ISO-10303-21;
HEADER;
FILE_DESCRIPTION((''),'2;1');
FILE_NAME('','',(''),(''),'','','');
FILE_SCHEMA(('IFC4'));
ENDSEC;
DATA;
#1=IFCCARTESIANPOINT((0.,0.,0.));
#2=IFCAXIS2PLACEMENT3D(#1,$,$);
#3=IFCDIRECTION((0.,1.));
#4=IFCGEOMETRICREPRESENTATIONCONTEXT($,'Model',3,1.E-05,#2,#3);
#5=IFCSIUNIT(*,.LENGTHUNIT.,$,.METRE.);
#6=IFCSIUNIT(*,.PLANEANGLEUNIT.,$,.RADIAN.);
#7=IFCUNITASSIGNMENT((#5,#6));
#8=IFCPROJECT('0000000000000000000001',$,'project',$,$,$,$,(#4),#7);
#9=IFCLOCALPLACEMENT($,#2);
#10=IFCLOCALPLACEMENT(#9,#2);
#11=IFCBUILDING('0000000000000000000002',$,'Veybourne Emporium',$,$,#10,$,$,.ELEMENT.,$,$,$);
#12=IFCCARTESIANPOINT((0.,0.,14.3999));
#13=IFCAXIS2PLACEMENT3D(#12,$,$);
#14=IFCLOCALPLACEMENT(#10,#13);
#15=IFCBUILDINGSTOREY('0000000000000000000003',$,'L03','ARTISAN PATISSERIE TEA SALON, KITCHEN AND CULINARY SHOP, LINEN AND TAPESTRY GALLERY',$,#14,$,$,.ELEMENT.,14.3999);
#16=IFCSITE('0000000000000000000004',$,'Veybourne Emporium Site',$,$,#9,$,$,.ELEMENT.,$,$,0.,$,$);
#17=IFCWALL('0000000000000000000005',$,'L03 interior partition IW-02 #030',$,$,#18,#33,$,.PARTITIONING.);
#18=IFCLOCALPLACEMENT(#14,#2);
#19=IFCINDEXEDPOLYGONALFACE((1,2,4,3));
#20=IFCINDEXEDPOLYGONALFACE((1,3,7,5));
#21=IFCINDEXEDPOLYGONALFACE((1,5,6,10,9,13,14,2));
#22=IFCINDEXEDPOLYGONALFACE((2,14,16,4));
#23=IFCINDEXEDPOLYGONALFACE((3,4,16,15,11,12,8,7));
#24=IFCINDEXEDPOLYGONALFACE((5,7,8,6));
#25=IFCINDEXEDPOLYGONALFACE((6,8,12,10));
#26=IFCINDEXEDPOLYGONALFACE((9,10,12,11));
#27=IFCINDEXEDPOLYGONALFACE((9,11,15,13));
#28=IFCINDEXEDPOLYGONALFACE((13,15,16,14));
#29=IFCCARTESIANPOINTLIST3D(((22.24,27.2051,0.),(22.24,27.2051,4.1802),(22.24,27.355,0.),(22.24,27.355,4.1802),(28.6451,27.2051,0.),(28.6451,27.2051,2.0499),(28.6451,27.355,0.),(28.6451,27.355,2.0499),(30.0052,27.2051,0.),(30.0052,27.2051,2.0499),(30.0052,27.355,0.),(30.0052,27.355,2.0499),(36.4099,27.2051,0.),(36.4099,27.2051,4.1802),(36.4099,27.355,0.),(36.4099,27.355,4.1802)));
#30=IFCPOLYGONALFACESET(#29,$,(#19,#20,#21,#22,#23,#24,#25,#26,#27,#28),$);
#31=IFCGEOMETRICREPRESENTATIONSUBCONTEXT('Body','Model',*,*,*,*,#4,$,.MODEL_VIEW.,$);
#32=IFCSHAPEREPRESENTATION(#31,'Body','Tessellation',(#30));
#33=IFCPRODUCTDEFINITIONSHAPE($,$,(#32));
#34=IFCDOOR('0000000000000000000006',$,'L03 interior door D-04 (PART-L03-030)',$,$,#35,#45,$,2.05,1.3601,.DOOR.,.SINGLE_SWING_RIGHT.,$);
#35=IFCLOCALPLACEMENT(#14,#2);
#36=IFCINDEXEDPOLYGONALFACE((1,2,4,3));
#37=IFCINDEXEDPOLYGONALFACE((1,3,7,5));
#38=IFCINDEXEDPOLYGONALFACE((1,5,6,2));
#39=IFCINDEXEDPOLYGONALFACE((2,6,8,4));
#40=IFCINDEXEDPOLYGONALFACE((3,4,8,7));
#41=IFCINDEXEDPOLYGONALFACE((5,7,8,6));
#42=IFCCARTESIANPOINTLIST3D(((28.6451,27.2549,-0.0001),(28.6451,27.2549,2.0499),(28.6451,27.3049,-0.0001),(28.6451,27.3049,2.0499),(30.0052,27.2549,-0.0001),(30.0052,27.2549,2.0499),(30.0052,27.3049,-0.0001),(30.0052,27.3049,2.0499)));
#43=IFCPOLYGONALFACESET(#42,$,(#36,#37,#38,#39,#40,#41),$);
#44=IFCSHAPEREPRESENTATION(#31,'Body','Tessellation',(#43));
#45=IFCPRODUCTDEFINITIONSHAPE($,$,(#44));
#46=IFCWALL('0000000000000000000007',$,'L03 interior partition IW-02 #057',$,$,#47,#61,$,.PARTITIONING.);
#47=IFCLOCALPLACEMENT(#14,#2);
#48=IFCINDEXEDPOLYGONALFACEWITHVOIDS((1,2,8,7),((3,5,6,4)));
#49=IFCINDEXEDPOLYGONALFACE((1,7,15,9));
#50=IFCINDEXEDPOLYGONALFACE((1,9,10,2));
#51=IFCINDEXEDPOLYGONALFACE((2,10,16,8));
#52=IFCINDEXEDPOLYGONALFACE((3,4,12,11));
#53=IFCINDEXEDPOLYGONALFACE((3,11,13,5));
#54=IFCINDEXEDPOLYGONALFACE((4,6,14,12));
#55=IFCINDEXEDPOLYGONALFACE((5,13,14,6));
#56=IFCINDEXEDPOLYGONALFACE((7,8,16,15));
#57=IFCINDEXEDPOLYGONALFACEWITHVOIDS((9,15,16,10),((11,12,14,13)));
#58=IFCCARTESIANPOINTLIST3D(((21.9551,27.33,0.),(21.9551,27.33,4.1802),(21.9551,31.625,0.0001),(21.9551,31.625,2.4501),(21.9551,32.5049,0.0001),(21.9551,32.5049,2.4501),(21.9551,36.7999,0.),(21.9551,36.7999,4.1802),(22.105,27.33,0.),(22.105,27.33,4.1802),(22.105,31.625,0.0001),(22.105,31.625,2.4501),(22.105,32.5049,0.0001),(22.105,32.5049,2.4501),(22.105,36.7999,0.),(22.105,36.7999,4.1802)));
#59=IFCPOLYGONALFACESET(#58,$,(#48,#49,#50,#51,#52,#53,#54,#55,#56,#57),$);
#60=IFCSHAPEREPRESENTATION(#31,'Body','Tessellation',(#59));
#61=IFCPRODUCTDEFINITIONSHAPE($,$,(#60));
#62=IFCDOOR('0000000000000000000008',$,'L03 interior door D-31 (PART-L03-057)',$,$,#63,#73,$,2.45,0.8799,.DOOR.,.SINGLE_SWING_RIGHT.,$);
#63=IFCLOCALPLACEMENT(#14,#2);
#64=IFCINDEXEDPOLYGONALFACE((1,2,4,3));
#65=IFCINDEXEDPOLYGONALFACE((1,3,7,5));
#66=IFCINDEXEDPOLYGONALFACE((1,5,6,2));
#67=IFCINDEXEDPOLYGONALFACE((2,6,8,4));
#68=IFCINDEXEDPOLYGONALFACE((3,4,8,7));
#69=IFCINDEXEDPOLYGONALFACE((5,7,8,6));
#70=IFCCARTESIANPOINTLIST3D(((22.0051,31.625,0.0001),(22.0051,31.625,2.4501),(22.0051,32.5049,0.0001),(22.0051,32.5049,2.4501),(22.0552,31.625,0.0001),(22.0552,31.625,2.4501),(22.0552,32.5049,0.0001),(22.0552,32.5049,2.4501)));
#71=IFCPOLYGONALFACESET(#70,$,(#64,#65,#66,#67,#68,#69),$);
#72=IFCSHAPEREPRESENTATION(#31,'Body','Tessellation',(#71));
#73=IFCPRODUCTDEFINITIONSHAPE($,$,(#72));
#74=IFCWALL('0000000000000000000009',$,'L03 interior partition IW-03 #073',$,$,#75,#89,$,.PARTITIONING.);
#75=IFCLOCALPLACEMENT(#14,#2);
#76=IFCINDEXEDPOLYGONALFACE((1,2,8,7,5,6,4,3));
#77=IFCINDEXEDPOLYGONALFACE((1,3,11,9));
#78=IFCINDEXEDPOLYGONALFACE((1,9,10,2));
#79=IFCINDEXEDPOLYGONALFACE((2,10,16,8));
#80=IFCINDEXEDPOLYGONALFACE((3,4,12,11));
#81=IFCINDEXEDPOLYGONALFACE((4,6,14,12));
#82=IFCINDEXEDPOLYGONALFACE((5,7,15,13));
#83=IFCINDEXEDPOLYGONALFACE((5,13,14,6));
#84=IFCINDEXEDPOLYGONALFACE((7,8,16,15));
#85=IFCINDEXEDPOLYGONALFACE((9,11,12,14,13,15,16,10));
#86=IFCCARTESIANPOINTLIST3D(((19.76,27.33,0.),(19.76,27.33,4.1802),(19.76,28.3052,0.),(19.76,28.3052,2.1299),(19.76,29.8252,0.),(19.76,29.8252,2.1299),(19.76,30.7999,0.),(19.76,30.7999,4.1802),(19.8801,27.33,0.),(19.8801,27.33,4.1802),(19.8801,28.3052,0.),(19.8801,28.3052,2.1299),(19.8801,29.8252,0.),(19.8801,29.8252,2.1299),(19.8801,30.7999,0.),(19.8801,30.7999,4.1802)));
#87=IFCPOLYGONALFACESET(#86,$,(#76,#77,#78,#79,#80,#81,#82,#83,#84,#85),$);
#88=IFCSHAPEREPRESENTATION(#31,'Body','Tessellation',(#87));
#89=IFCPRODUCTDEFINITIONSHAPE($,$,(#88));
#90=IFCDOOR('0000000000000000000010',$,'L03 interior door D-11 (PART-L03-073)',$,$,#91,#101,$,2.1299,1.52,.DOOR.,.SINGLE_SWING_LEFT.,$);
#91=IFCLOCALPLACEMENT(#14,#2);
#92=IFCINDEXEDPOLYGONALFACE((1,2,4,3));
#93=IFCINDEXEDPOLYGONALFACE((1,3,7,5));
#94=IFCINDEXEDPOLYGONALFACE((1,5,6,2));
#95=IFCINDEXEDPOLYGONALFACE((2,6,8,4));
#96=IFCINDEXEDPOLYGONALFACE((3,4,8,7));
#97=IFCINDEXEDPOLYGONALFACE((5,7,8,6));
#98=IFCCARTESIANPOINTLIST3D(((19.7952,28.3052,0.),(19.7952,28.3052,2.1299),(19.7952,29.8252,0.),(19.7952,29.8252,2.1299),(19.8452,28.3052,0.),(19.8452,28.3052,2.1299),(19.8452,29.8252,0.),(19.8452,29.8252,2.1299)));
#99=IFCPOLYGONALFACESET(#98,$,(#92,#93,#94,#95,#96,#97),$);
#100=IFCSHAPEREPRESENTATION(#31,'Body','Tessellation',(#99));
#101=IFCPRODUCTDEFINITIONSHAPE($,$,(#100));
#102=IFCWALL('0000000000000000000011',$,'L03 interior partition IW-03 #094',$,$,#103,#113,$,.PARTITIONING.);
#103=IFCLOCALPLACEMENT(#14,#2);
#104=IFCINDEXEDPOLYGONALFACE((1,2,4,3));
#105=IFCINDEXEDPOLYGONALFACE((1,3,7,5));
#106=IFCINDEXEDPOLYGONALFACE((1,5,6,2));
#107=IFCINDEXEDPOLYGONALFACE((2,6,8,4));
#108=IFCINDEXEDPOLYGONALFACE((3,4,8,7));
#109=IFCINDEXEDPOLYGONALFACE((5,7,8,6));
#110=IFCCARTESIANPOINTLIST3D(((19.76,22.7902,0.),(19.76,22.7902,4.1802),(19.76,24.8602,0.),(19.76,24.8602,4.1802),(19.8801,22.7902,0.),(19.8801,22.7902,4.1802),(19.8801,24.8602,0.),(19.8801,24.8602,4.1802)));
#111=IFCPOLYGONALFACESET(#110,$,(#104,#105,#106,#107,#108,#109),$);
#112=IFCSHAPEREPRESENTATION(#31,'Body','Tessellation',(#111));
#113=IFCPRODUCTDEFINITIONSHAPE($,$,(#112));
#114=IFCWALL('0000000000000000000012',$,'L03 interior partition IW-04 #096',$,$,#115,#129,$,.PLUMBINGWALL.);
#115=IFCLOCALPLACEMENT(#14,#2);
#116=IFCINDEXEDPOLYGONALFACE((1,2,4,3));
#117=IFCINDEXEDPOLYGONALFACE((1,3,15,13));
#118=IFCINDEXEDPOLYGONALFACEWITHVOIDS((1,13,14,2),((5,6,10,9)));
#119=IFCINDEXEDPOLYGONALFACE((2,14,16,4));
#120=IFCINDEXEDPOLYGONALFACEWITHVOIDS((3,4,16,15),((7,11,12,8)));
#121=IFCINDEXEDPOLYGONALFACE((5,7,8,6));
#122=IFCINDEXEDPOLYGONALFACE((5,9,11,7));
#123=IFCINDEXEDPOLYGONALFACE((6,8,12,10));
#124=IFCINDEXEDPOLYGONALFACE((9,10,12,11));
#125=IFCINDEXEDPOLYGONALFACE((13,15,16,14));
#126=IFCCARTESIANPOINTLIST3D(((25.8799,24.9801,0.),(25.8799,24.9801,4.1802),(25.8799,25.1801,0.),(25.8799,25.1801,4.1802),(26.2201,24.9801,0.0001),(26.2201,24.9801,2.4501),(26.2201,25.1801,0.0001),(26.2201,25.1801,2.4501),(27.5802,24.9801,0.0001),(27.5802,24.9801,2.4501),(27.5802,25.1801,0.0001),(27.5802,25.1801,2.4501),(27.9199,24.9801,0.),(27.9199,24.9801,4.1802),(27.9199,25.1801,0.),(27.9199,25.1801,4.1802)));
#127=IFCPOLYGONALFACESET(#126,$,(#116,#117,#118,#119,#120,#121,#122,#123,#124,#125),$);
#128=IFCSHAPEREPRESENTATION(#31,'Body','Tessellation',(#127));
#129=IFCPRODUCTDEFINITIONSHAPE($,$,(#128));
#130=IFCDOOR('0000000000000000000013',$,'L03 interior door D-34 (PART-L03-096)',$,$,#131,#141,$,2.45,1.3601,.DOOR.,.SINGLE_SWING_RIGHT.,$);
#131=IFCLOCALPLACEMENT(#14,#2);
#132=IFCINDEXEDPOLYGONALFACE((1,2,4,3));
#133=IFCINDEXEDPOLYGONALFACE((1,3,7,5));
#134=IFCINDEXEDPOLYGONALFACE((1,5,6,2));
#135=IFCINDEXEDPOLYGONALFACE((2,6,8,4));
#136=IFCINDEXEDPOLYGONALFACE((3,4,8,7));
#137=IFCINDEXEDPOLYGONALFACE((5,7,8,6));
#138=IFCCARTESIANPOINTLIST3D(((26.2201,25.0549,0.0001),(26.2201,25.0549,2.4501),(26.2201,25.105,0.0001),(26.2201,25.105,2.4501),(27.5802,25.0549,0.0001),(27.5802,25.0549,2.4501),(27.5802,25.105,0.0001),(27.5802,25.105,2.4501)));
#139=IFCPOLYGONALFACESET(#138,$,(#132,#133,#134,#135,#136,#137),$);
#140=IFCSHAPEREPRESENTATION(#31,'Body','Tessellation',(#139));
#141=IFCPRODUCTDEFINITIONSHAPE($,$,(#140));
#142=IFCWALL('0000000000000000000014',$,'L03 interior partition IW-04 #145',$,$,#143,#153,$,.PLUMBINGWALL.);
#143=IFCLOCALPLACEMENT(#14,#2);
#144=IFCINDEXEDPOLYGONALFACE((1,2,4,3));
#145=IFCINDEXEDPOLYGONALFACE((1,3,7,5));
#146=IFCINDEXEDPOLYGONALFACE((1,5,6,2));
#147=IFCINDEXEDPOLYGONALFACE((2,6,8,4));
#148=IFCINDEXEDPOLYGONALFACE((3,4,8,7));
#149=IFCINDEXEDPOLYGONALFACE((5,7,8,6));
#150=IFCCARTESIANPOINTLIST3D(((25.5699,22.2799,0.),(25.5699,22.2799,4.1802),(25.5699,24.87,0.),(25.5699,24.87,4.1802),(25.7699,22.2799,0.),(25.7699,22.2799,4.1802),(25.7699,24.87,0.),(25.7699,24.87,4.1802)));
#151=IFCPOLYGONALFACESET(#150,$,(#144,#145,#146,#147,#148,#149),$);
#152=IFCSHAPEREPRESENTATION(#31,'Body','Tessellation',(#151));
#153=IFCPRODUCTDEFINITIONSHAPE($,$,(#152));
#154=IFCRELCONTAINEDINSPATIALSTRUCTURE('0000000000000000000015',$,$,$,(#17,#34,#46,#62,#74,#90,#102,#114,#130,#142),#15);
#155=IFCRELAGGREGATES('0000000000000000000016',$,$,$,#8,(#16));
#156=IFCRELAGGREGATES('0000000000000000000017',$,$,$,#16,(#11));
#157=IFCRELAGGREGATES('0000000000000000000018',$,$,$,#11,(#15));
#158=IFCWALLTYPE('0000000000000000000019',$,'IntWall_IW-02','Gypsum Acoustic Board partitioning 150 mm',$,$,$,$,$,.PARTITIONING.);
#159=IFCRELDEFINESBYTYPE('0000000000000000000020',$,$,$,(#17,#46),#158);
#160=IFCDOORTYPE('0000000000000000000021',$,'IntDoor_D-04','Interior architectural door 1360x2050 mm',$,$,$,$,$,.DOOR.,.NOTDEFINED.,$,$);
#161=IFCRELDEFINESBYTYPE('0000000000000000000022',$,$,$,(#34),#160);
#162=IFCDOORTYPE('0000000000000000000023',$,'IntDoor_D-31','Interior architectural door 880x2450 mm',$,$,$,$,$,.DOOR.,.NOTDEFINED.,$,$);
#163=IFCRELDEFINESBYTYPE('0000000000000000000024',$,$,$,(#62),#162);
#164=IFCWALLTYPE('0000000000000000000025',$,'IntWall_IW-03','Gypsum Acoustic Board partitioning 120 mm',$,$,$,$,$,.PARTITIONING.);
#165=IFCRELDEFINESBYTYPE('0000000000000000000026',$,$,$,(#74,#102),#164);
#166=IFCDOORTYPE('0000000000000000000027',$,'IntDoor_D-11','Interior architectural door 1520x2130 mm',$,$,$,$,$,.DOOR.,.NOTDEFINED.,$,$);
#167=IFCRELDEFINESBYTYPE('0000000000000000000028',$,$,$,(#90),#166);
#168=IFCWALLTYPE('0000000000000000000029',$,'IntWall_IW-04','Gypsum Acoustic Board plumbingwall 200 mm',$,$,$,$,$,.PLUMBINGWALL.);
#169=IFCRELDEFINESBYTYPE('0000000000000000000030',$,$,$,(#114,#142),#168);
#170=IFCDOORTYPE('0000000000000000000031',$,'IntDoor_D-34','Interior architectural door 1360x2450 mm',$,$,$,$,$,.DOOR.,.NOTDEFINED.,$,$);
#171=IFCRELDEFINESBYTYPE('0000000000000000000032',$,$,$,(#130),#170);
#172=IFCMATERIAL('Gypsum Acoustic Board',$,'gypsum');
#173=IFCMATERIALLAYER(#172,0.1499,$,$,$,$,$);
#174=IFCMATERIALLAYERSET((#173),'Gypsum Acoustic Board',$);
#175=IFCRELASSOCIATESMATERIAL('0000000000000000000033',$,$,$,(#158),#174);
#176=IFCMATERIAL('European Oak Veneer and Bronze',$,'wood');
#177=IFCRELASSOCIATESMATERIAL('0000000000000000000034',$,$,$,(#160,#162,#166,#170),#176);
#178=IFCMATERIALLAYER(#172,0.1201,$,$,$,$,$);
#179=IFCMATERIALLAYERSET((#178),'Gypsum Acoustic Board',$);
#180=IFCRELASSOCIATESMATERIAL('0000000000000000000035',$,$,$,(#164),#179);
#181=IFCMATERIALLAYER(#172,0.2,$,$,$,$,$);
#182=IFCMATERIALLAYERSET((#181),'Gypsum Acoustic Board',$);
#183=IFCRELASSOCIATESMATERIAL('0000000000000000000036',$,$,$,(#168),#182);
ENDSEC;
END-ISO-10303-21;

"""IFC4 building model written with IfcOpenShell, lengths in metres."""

from ifc_helpers import new_model, si_unit, direction, frame, frame_2d, origin, place, context, subcontext, project, spatial, rectangle, extrude, material, layer, layer_set, type_object, element, fill, save


model = new_model("IFC4")

# Units and contexts
model_context = context("Model", 3, precision=1e-05, world=origin(), true_north=direction((0.0, 1.0)))
body_context = subcontext(model_context, "Body", "Model", "MODEL_VIEW")
ifc_project = project(units=[si_unit("LENGTHUNIT", "METRE"), si_unit("PLANEANGLEUNIT", "RADIAN")], contexts=[model_context])

# Site, building, storey
site_placement = place(None, origin())
site = spatial("IfcSite", under=ifc_project, at=site_placement, Name="Veybourne Emporium Site", CompositionType="ELEMENT", RefElevation=0.0)
building_placement = place(site_placement, origin())
building = spatial("IfcBuilding", under=site, at=building_placement, Name="Veybourne Emporium", CompositionType="ELEMENT")
storey_placement = place(building_placement, frame((0.0, 0.0, 14.3999)))
storey = spatial("IfcBuildingStorey", under=building, at=storey_placement, Name="L03", Description="ARTISAN PATISSERIE TEA SALON, KITCHEN AND CULINARY SHOP, LINEN AND TAPESTRY GALLERY", CompositionType="ELEMENT", Elevation=14.3999)

# Shared definitions
ifc_material_1 = material(Name="Gypsum Acoustic Board", Category="gypsum")
ifc_material_2 = material(Name="European Oak Veneer and Bronze", Category="wood")

# Walls, openings, doors
ifc_layer_1 = layer(ifc_material_1, 0.1499)
ifc_layer_set_1 = layer_set([ifc_layer_1], Name="Gypsum Acoustic Board")
wall_type_1 = type_object("IfcWallType", Name="IntWall_IW-02", Description="Gypsum Acoustic Board partitioning 150 mm", PredefinedType="PARTITIONING", material=ifc_layer_set_1)
wall_1_placement = place(storey_placement, frame((22.24, 27.28, 0.0), z_axis=(0.0, 0.0, 1.0), x_axis=(1.0, 0.0, 0.0)))
wall_1 = element("IfcWall", 1, at=wall_1_placement, inside=storey, type_object=wall_type_1, Name="L03 interior partition IW-02 #030", PredefinedType="PARTITIONING", context=body_context, shape_type="SweptSolid", body=[
    extrude(rectangle(XDim=14.1699, YDim=0.1499, at=frame_2d((7.085, 0.0))), origin(), (0.0, 0.0, 1.0), 4.1802),
])
opening_1_placement = place(wall_1_placement, frame((6.405, 0.0, 0.0)))
opening_1 = element("IfcOpeningElement", 2, at=opening_1_placement, cuts=wall_1, PredefinedType="OPENING", context=body_context, shape_type="SweptSolid", body=[
    extrude(rectangle(XDim=1.3601, YDim=2.05, at=frame_2d((0.6802, 1.0249))), frame((0.0, 0.095, 0.0), z_axis=(0.0, -1.0, 0.0), x_axis=(1.0, 0.0, 0.0)), (0.0, 0.0, 1.0), 0.1899),
])
door_type_1 = type_object("IfcDoorType", Name="IntDoor_D-04", Description="Interior architectural door 1360x2050 mm", OperationType="NOTDEFINED", PredefinedType="DOOR", material=ifc_material_2)
door_1_placement = place(opening_1_placement, origin())
door_1 = element("IfcDoor", 3, at=door_1_placement, inside=storey, type_object=door_type_1, Name="L03 interior door D-04 (PART-L03-030)", OperationType="SINGLE_SWING_RIGHT", OverallHeight=2.05, OverallWidth=1.3601, PredefinedType="DOOR", context=body_context, shape_type="SweptSolid", body=[
    extrude(rectangle(XDim=1.3601, YDim=2.05, at=frame_2d((0.6802, 1.0249))), frame((0.0, 0.0249, 0.0), z_axis=(0.0, -1.0, 0.0), x_axis=(1.0, 0.0, 0.0)), (0.0, 0.0, 1.0), 0.05),
])
fill(opening_1, door_1)
wall_2_placement = place(storey_placement, frame((22.03, 27.3301, 0.0), z_axis=(0.0, 0.0, 1.0), x_axis=(0.0, 1.0, 0.0)))
wall_2 = element("IfcWall", 4, at=wall_2_placement, inside=storey, type_object=wall_type_1, Name="L03 interior partition IW-02 #057", PredefinedType="PARTITIONING", context=body_context, shape_type="SweptSolid", body=[
    extrude(rectangle(XDim=9.47, YDim=0.1499, at=frame_2d((4.7349, 0.0))), origin(), (0.0, 0.0, 1.0), 4.1802),
])
opening_2_placement = place(wall_2_placement, frame((4.2949, 0.0, 0.0)))
opening_2 = element("IfcOpeningElement", 5, at=opening_2_placement, cuts=wall_2, PredefinedType="OPENING", context=body_context, shape_type="SweptSolid", body=[
    extrude(rectangle(XDim=0.8799, YDim=2.45, at=frame_2d((0.4399, 1.2251))), frame((0.0, 0.095, 0.0), z_axis=(0.0, -1.0, 0.0), x_axis=(1.0, 0.0, 0.0)), (0.0, 0.0, 1.0), 0.1899),
])
door_type_2 = type_object("IfcDoorType", Name="IntDoor_D-31", Description="Interior architectural door 880x2450 mm", OperationType="NOTDEFINED", PredefinedType="DOOR", material=ifc_material_2)
door_2_placement = place(opening_2_placement, origin())
door_2 = element("IfcDoor", 6, at=door_2_placement, inside=storey, type_object=door_type_2, Name="L03 interior door D-31 (PART-L03-057)", OperationType="SINGLE_SWING_RIGHT", OverallHeight=2.45, OverallWidth=0.8799, PredefinedType="DOOR", context=body_context, shape_type="SweptSolid", body=[
    extrude(rectangle(XDim=0.8799, YDim=2.45, at=frame_2d((0.4399, 1.2251))), frame((0.0, 0.0249, 0.0), z_axis=(0.0, -1.0, 0.0), x_axis=(1.0, 0.0, 0.0)), (0.0, 0.0, 1.0), 0.05),
])
fill(opening_2, door_2)
ifc_layer_2 = layer(ifc_material_1, 0.1201)
ifc_layer_set_2 = layer_set([ifc_layer_2], Name="Gypsum Acoustic Board")
wall_type_2 = type_object("IfcWallType", Name="IntWall_IW-03", Description="Gypsum Acoustic Board partitioning 120 mm", PredefinedType="PARTITIONING", material=ifc_layer_set_2)
wall_3_placement = place(storey_placement, frame((19.8201, 27.3301, 0.0), z_axis=(0.0, 0.0, 1.0), x_axis=(0.0, 1.0, 0.0)))
wall_3 = element("IfcWall", 7, at=wall_3_placement, inside=storey, type_object=wall_type_2, Name="L03 interior partition IW-03 #073", PredefinedType="PARTITIONING", context=body_context, shape_type="SweptSolid", body=[
    extrude(rectangle(XDim=3.47, YDim=0.1201, at=frame_2d((1.7349, 0.0))), origin(), (0.0, 0.0, 1.0), 4.1802),
])
opening_3_placement = place(wall_3_placement, frame((0.9751, 0.0, 0.0)))
opening_3 = element("IfcOpeningElement", 8, at=opening_3_placement, cuts=wall_3, PredefinedType="OPENING", context=body_context, shape_type="SweptSolid", body=[
    extrude(rectangle(XDim=1.52, YDim=2.1299, at=frame_2d((0.76, 1.0649))), frame((0.0, 0.0801, 0.0), z_axis=(0.0, -1.0, 0.0), x_axis=(1.0, 0.0, 0.0)), (0.0, 0.0, 1.0), 0.1602),
])
door_type_3 = type_object("IfcDoorType", Name="IntDoor_D-11", Description="Interior architectural door 1520x2130 mm", OperationType="NOTDEFINED", PredefinedType="DOOR", material=ifc_material_2)
door_3_placement = place(opening_3_placement, origin())
door_3 = element("IfcDoor", 9, at=door_3_placement, inside=storey, type_object=door_type_3, Name="L03 interior door D-11 (PART-L03-073)", OperationType="SINGLE_SWING_LEFT", OverallHeight=2.1299, OverallWidth=1.52, PredefinedType="DOOR", context=body_context, shape_type="SweptSolid", body=[
    extrude(rectangle(XDim=1.52, YDim=2.1299, at=frame_2d((0.76, 1.0649))), frame((0.0, 0.0249, 0.0), z_axis=(0.0, -1.0, 0.0), x_axis=(1.0, 0.0, 0.0)), (0.0, 0.0, 1.0), 0.05),
])
fill(opening_3, door_3)

# Wall
wall_4_placement = place(storey_placement, frame((19.8201, 22.79, 0.0), z_axis=(0.0, 0.0, 1.0), x_axis=(0.0, 1.0, 0.0)))
element("IfcWall", 10, at=wall_4_placement, inside=storey, type_object=wall_type_2, Name="L03 interior partition IW-03 #094", PredefinedType="PARTITIONING", context=body_context, shape_type="SweptSolid", body=[
    extrude(rectangle(XDim=2.0701, YDim=0.1201, at=frame_2d((1.0352, 0.0))), origin(), (0.0, 0.0, 1.0), 4.1802),
])

# Wall, opening, door
ifc_layer_3 = layer(ifc_material_1, 0.2)
ifc_layer_set_3 = layer_set([ifc_layer_3], Name="Gypsum Acoustic Board")
wall_type_3 = type_object("IfcWallType", Name="IntWall_IW-04", Description="Gypsum Acoustic Board plumbingwall 200 mm", PredefinedType="PLUMBINGWALL", material=ifc_layer_set_3)
wall_5_placement = place(storey_placement, frame((25.8799, 25.0801, 0.0), z_axis=(0.0, 0.0, 1.0), x_axis=(1.0, 0.0, 0.0)))
wall_5 = element("IfcWall", 11, at=wall_5_placement, inside=storey, type_object=wall_type_3, Name="L03 interior partition IW-04 #096", PredefinedType="PLUMBINGWALL", context=body_context, shape_type="SweptSolid", body=[
    extrude(rectangle(XDim=2.04, YDim=0.2, at=frame_2d((1.02, 0.0))), origin(), (0.0, 0.0, 1.0), 4.1802),
])
opening_4_placement = place(wall_5_placement, frame((0.3401, 0.0, 0.0)))
opening_4 = element("IfcOpeningElement", 12, at=opening_4_placement, cuts=wall_5, PredefinedType="OPENING", context=body_context, shape_type="SweptSolid", body=[
    extrude(rectangle(XDim=1.3601, YDim=2.45, at=frame_2d((0.6802, 1.2251))), frame((0.0, 0.1201, 0.0), z_axis=(0.0, -1.0, 0.0), x_axis=(1.0, 0.0, 0.0)), (0.0, 0.0, 1.0), 0.24),
])
door_type_4 = type_object("IfcDoorType", Name="IntDoor_D-34", Description="Interior architectural door 1360x2450 mm", OperationType="NOTDEFINED", PredefinedType="DOOR", material=ifc_material_2)
door_4_placement = place(opening_4_placement, origin())
door_4 = element("IfcDoor", 13, at=door_4_placement, inside=storey, type_object=door_type_4, Name="L03 interior door D-34 (PART-L03-096)", OperationType="SINGLE_SWING_RIGHT", OverallHeight=2.45, OverallWidth=1.3601, PredefinedType="DOOR", context=body_context, shape_type="SweptSolid", body=[
    extrude(rectangle(XDim=1.3601, YDim=2.45, at=frame_2d((0.6802, 1.2251))), frame((0.0, 0.0249, 0.0), z_axis=(0.0, -1.0, 0.0), x_axis=(1.0, 0.0, 0.0)), (0.0, 0.0, 1.0), 0.05),
])
fill(opening_4, door_4)

# Wall
wall_6_placement = place(storey_placement, frame((25.6699, 22.28, 0.0), z_axis=(0.0, 0.0, 1.0), x_axis=(0.0, 1.0, 0.0)))
element("IfcWall", 14, at=wall_6_placement, inside=storey, type_object=wall_type_3, Name="L03 interior partition IW-04 #145", PredefinedType="PLUMBINGWALL", context=body_context, shape_type="SweptSolid", body=[
    extrude(rectangle(XDim=2.5901, YDim=0.2, at=frame_2d((1.2949, 0.0))), origin(), (0.0, 0.0, 1.0), 4.1802),
])

save(model, "model.ifc")
